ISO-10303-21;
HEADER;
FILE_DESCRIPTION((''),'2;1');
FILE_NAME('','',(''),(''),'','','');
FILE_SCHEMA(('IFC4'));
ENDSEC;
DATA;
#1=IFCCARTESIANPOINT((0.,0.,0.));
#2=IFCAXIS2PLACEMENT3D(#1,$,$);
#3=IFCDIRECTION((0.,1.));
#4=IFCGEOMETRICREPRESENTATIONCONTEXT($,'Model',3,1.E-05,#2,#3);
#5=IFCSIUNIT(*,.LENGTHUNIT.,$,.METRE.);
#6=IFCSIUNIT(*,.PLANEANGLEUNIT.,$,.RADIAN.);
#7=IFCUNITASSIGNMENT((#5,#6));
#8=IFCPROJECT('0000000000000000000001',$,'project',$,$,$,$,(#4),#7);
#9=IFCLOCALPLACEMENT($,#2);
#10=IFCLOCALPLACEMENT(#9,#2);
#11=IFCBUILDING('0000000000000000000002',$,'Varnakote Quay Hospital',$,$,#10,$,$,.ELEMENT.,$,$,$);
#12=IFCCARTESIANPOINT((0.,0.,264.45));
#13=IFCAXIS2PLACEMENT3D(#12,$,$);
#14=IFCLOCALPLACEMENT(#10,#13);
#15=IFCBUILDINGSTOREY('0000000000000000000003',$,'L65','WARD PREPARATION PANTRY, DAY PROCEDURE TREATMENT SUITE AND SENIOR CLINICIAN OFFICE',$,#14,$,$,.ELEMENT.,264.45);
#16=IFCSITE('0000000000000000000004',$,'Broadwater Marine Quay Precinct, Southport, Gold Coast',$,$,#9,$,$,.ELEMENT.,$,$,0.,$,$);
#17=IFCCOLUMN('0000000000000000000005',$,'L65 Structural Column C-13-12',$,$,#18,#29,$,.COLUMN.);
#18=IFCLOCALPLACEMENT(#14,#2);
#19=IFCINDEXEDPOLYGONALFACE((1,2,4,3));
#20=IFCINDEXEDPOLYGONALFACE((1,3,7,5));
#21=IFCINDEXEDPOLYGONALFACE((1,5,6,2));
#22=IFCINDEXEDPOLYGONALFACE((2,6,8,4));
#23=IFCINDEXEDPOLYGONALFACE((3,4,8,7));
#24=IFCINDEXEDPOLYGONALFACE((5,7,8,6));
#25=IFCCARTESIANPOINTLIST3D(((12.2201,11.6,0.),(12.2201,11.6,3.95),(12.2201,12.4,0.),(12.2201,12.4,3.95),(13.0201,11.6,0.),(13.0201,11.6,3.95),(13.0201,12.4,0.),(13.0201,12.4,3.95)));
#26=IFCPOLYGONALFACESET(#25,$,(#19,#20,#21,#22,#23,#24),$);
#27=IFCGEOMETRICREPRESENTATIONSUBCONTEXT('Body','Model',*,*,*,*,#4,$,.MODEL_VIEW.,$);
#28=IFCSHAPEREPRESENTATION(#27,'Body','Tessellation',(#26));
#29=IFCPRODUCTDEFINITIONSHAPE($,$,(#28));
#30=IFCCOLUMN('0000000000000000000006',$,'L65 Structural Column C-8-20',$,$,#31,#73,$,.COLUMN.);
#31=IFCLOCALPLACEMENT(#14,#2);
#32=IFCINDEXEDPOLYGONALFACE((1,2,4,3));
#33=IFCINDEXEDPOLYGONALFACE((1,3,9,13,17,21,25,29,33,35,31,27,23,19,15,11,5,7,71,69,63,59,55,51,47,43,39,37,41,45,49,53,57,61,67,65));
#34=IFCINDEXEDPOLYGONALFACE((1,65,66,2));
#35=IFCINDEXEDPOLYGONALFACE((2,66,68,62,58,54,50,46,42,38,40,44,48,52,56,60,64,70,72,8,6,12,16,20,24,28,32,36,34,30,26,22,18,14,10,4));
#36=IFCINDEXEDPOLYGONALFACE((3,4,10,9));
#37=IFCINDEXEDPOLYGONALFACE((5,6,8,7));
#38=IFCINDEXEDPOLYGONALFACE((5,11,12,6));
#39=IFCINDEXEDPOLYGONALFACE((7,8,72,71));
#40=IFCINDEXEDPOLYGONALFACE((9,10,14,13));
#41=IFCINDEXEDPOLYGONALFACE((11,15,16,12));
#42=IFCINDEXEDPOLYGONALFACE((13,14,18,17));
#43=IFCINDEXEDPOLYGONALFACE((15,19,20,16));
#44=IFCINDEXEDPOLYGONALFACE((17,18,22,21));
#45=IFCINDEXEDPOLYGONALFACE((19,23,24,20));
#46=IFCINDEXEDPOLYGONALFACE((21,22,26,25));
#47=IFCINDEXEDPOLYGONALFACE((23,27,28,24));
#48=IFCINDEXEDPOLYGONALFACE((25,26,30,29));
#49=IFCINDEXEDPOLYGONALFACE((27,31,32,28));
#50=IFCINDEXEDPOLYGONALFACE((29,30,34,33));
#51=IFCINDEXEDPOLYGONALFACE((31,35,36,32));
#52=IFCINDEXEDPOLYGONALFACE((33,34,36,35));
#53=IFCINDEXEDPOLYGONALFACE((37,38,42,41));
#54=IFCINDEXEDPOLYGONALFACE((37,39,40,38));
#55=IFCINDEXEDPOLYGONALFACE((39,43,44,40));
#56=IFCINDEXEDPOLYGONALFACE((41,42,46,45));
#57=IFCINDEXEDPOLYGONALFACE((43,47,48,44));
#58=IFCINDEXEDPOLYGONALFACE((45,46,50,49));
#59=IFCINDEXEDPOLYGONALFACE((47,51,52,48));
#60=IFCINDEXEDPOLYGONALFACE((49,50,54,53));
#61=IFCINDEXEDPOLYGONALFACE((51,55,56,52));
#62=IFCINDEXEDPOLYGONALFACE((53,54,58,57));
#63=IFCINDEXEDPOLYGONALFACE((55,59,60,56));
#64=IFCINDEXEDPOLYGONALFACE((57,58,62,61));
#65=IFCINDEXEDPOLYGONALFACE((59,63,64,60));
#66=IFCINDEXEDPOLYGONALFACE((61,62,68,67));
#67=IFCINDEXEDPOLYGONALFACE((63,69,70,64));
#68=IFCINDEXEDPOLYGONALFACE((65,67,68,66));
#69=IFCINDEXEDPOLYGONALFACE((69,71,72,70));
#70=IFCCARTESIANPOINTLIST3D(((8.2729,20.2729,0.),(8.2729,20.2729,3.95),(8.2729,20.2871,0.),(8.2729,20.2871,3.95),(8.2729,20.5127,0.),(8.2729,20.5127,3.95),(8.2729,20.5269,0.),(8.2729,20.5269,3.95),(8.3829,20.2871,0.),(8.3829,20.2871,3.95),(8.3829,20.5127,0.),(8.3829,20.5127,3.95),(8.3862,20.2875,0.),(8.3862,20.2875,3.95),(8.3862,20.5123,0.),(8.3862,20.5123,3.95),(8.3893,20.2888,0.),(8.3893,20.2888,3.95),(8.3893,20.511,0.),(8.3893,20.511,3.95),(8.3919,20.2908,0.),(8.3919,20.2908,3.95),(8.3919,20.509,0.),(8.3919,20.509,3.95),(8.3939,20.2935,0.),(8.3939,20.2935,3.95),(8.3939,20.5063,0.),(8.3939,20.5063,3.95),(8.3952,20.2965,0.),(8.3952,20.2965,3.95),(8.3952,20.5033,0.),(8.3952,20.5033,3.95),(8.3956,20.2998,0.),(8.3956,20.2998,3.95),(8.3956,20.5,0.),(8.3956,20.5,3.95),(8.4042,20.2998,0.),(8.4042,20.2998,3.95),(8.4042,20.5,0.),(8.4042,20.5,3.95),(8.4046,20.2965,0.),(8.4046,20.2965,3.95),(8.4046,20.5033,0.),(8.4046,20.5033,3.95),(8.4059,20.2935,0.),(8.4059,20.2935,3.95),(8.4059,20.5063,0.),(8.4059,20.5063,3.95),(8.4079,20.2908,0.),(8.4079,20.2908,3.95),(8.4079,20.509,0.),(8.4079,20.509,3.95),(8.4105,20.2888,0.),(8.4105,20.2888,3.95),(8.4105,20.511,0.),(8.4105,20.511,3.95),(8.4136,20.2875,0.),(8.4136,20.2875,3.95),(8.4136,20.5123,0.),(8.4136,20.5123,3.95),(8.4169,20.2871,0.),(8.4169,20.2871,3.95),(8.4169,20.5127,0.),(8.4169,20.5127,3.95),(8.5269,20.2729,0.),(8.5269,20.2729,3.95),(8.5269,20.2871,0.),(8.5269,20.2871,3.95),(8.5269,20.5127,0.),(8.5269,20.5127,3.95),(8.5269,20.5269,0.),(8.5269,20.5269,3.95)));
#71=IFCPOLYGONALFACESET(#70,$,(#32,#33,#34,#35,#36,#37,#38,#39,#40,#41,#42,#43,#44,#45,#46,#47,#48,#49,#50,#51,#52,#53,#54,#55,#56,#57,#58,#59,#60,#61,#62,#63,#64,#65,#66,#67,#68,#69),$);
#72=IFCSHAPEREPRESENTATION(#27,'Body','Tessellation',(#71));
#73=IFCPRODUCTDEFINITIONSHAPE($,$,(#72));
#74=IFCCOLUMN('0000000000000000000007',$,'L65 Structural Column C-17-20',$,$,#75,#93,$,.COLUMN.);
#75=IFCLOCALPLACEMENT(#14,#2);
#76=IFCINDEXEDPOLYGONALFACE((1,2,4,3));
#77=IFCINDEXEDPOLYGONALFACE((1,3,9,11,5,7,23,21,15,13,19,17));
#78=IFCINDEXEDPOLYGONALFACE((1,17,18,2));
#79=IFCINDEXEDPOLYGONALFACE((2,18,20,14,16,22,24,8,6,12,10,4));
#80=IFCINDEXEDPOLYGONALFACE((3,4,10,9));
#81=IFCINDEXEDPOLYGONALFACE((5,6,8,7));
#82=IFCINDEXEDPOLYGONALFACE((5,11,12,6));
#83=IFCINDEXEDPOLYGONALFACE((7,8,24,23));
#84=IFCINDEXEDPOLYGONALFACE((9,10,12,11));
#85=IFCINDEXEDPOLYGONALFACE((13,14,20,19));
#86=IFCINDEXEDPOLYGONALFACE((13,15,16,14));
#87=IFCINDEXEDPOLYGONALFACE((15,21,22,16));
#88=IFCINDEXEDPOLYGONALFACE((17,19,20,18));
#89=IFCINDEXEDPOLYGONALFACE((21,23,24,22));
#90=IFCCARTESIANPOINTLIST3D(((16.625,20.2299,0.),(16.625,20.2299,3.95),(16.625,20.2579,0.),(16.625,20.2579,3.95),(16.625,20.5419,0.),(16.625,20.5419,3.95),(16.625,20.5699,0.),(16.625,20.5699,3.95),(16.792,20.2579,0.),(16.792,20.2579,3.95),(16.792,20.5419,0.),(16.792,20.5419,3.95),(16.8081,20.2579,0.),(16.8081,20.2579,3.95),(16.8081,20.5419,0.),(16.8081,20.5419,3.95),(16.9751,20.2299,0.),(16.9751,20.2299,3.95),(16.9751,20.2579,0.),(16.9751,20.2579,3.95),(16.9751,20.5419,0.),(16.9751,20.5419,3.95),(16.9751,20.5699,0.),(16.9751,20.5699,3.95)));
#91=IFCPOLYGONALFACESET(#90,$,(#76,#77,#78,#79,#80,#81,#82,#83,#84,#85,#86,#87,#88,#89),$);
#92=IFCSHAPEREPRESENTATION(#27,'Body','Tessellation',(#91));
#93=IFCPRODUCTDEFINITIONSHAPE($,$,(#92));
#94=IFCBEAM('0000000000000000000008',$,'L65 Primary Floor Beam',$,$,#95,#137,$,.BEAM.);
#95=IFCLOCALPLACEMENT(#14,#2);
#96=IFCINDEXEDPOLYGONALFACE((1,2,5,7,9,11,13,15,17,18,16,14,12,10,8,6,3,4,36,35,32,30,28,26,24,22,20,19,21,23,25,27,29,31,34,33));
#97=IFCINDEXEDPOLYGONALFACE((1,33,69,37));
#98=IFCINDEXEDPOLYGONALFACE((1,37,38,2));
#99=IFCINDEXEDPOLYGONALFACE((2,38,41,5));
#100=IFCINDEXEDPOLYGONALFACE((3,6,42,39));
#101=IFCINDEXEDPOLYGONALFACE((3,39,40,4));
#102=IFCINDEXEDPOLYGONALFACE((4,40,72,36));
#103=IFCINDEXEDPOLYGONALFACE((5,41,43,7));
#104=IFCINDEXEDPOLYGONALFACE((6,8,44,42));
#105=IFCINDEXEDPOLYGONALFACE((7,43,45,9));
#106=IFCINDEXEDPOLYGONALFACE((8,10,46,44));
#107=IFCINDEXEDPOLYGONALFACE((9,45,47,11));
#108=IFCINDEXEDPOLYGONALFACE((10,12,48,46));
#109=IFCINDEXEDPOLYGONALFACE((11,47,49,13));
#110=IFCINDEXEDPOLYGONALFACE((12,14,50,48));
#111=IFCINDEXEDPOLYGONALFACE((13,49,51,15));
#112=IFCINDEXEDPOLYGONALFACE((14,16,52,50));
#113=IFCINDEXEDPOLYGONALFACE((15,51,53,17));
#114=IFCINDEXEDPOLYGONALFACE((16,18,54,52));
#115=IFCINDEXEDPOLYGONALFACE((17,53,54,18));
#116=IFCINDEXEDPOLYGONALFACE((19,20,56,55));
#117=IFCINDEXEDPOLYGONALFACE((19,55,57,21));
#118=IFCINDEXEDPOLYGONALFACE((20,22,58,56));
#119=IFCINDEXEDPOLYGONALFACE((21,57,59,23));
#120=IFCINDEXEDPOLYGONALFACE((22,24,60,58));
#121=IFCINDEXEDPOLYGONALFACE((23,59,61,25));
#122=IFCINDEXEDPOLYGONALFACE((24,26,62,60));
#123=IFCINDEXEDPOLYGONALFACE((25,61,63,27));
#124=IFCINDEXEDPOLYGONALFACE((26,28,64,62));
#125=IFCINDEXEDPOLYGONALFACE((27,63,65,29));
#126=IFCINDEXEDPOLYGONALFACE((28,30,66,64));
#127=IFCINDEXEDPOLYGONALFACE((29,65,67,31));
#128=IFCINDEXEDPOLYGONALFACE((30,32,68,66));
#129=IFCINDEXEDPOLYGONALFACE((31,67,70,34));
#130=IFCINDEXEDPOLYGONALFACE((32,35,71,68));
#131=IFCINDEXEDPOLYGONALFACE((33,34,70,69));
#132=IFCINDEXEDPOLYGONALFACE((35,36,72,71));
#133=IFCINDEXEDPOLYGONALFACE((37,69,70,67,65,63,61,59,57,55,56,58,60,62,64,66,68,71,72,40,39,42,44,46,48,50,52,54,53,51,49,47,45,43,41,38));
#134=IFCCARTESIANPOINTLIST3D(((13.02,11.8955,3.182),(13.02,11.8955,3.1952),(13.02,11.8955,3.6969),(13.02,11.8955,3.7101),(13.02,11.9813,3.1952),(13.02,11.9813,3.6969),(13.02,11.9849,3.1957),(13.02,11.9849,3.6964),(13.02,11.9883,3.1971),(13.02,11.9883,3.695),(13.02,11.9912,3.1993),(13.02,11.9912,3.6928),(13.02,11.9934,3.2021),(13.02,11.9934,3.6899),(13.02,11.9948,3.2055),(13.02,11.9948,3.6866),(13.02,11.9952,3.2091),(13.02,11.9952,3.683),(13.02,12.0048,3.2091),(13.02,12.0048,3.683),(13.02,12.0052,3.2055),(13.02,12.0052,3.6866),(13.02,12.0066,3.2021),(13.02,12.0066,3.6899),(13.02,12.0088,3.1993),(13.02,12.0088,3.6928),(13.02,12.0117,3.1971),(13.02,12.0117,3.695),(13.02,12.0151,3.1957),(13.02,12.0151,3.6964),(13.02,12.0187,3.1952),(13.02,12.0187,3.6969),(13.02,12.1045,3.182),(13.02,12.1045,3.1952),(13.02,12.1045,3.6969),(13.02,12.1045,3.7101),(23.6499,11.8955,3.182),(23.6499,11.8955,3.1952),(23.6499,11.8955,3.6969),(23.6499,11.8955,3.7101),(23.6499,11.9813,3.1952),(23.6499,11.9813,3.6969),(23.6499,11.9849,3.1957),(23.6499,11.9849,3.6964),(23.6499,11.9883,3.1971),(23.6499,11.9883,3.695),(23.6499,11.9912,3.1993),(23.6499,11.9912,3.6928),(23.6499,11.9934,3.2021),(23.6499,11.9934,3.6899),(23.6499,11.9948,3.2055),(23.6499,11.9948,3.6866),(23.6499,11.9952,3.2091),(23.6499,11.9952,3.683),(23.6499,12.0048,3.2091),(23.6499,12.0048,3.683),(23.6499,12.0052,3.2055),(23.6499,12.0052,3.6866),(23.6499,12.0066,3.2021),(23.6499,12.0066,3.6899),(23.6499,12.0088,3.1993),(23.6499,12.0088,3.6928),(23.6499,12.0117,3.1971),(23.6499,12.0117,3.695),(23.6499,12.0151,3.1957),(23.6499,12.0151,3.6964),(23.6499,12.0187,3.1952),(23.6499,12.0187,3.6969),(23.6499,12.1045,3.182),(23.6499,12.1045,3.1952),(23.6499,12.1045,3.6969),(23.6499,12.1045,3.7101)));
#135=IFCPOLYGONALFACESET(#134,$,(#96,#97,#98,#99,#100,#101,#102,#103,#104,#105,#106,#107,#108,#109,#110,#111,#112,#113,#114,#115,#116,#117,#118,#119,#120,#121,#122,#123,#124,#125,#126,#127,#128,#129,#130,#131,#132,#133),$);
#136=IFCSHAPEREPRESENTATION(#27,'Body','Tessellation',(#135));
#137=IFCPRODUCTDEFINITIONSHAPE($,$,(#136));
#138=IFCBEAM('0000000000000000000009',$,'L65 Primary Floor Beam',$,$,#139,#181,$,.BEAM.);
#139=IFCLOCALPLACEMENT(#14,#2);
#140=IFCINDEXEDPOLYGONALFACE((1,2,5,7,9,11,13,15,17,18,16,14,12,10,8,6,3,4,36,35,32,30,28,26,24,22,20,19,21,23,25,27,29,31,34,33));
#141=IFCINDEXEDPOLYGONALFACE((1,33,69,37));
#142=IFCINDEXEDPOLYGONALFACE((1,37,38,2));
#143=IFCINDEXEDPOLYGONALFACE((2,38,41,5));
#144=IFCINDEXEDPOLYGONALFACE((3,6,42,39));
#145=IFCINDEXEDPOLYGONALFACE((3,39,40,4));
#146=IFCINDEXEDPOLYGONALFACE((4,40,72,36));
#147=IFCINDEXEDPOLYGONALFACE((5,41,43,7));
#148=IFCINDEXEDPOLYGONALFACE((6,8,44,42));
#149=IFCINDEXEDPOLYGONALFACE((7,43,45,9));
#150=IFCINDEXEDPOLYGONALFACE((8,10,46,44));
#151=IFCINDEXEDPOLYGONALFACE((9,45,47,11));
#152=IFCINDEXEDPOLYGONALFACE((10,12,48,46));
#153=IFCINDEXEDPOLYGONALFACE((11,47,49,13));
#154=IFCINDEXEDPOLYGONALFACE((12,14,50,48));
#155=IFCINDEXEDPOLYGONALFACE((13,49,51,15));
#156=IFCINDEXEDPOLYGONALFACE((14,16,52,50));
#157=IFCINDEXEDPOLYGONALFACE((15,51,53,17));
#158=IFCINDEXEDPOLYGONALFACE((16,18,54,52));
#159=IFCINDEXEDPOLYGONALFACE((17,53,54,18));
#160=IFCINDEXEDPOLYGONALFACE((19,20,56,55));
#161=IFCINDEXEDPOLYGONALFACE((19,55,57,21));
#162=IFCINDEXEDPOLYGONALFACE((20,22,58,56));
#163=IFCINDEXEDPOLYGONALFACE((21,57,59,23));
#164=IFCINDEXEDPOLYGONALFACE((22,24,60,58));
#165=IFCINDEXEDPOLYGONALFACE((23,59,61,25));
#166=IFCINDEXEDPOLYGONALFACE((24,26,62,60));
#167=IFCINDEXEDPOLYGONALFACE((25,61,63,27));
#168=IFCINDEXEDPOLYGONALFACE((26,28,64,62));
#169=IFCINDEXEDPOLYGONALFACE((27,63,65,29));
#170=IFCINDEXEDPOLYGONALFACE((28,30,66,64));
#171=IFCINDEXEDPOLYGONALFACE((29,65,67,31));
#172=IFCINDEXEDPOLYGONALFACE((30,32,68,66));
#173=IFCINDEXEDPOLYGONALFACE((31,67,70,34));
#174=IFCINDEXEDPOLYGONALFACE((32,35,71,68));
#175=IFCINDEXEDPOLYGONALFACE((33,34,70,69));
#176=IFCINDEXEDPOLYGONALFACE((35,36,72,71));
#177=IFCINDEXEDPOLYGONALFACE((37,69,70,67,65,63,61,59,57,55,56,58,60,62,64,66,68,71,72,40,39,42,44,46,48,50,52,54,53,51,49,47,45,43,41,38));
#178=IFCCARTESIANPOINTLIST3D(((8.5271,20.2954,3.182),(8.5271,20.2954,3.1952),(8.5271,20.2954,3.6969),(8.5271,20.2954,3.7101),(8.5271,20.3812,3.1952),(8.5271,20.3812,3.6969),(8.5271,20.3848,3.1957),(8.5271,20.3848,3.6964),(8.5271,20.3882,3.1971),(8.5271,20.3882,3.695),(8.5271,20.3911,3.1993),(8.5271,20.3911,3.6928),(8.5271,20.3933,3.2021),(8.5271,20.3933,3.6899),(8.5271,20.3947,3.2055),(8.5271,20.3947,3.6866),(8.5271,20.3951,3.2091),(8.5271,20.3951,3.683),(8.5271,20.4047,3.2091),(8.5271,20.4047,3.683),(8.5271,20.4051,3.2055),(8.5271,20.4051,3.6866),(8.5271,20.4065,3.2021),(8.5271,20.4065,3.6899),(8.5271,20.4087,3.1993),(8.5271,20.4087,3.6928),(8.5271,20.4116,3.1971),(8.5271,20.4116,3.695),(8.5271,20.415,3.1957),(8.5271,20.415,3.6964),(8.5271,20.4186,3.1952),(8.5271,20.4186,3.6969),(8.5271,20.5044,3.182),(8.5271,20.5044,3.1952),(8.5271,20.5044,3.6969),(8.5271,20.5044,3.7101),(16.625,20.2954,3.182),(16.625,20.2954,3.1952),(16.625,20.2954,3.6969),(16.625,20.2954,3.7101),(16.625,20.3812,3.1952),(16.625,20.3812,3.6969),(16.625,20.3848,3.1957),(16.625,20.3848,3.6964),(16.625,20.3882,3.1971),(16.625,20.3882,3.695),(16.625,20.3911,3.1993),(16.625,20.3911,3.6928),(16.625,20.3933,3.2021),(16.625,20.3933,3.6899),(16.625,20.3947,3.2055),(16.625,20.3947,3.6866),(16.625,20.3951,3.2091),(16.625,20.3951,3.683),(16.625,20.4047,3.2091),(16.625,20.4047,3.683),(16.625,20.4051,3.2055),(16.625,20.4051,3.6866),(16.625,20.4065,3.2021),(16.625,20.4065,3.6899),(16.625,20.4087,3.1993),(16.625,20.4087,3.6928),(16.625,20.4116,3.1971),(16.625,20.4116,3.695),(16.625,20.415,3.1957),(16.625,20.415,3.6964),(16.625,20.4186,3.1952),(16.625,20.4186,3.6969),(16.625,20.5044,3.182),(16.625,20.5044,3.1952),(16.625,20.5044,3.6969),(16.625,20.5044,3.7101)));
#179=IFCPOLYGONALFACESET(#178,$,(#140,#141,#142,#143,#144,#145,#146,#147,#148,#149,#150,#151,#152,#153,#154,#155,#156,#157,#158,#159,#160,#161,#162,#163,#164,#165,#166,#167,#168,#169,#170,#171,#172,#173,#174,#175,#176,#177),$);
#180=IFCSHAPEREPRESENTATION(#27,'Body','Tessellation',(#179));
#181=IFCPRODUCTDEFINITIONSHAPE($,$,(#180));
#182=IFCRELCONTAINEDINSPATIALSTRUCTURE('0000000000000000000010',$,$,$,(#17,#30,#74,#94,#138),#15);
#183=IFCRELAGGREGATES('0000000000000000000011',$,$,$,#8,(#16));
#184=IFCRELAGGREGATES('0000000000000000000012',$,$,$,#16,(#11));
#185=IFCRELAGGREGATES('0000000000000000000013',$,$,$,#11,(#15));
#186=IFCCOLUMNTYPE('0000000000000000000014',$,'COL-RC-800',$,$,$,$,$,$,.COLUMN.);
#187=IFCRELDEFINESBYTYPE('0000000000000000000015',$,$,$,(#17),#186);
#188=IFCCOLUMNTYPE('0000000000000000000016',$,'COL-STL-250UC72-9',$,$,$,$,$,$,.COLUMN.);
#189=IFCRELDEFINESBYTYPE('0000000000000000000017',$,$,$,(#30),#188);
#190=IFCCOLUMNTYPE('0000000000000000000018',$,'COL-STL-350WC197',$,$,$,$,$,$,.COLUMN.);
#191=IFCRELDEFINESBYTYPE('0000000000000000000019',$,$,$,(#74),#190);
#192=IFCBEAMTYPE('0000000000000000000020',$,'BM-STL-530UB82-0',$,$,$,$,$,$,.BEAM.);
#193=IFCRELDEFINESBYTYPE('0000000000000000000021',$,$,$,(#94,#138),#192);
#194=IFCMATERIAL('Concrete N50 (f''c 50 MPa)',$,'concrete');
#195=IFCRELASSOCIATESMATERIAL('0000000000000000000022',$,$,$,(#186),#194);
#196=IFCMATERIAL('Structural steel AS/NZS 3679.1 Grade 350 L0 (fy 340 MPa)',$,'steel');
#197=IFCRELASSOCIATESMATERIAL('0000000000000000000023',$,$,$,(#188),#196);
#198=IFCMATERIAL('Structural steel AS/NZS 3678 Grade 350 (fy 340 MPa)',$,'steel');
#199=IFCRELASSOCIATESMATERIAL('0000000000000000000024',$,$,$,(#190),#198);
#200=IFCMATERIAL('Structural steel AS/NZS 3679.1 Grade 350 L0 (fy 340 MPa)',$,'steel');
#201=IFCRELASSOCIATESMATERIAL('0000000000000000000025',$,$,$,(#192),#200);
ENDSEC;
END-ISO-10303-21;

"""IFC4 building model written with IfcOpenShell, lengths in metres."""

from ifc_helpers import new_model, si_unit, direction, frame, origin, origin_2d, place, context, subcontext, project, spatial, rectangle, i_section, extrude, material, material_profile, profile_set, type_object, element, save


model = new_model("IFC4")

# Units and contexts
model_context = context("Model", 3, precision=1e-05, world=origin(), true_north=direction((0.0, 1.0)))
body_context = subcontext(model_context, "Body", "Model", "MODEL_VIEW")
ifc_project = project(units=[si_unit("LENGTHUNIT", "METRE"), si_unit("PLANEANGLEUNIT", "RADIAN")], contexts=[model_context])

# Site, building, storey
site_placement = place(None, origin())
site = spatial("IfcSite", under=ifc_project, at=site_placement, Name="Broadwater Marine Quay Precinct, Southport, Gold Coast", CompositionType="ELEMENT", RefElevation=0.0)
building_placement = place(site_placement, origin())
building = spatial("IfcBuilding", under=site, at=building_placement, Name="Varnakote Quay Hospital", CompositionType="ELEMENT")
storey_placement = place(building_placement, frame((0.0, 0.0, 264.45)))
storey = spatial("IfcBuildingStorey", under=building, at=storey_placement, Name="L65", Description="WARD PREPARATION PANTRY, DAY PROCEDURE TREATMENT SUITE AND SENIOR CLINICIAN OFFICE", CompositionType="ELEMENT", Elevation=264.45)

# Columns
ifc_material_1 = material(Name="Concrete N50 (f'c 50 MPa)", Category="concrete")
ifc_material_profile_1 = material_profile(ifc_material_1, rectangle(XDim=0.8, YDim=0.8, at=origin_2d()), Name="RC-COL-800x800")
ifc_profile_set_1 = profile_set([ifc_material_profile_1], Name="Concrete N50 (f'c 50 MPa)")
column_type_1 = type_object("IfcColumnType", Name="COL-RC-800", PredefinedType="COLUMN", material=ifc_profile_set_1)
column_1_placement = place(storey_placement, frame((12.6201, 12.0, 0.0), z_axis=(0.0, 0.0, 1.0), x_axis=(1.0, 0.0, 0.0)))
element("IfcColumn", 1, at=column_1_placement, inside=storey, type_object=column_type_1, Name="L65 Structural Column C-13-12", PredefinedType="COLUMN", context=body_context, shape_type="SweptSolid", body=[
    extrude(rectangle(XDim=0.8, YDim=0.8, at=origin_2d()), origin(), (0.0, 0.0, 1.0), 3.95),
])
ifc_material_2 = material(Name="Structural steel AS/NZS 3679.1 Grade 350 L0 (fy 340 MPa)", Category="steel")
ifc_material_profile_2 = material_profile(ifc_material_2, i_section(OverallWidth=0.2539, OverallDepth=0.2539, WebThickness=0.0085, FlangeThickness=0.0142, FilletRadius=0.0127, at=origin_2d()), Name="250UC72.9")
ifc_profile_set_2 = profile_set([ifc_material_profile_2], Name="Structural steel AS/NZS 3679.1 Grade 350 L0 (fy 340 MPa)")
column_type_2 = type_object("IfcColumnType", Name="COL-STL-250UC72-9", PredefinedType="COLUMN", material=ifc_profile_set_2)
column_2_placement = place(storey_placement, frame((8.3999, 20.3999, 0.0), z_axis=(0.0, 0.0, 1.0), x_axis=(1.0, 0.0, 0.0)))
element("IfcColumn", 2, at=column_2_placement, inside=storey, type_object=column_type_2, Name="L65 Structural Column C-8-20", PredefinedType="COLUMN", context=body_context, shape_type="SweptSolid", body=[
    extrude(i_section(OverallWidth=0.2539, OverallDepth=0.2539, WebThickness=0.0085, FlangeThickness=0.0142, FilletRadius=0.0127, at=origin_2d()), origin(), (0.0, 0.0, 1.0), 3.95),
])
ifc_material_3 = material(Name="Structural steel AS/NZS 3678 Grade 350 (fy 340 MPa)", Category="steel")
ifc_material_profile_3 = material_profile(ifc_material_3, i_section(OverallWidth=0.3501, OverallDepth=0.3401, WebThickness=0.0161, FlangeThickness=0.0281, at=origin_2d()), Name="350WC197")
ifc_profile_set_3 = profile_set([ifc_material_profile_3], Name="Structural steel AS/NZS 3678 Grade 350 (fy 340 MPa)")
column_type_3 = type_object("IfcColumnType", Name="COL-STL-350WC197", PredefinedType="COLUMN", material=ifc_profile_set_3)
column_3_placement = place(storey_placement, frame((16.8, 20.3999, 0.0), z_axis=(0.0, 0.0, 1.0), x_axis=(1.0, 0.0, 0.0)))
element("IfcColumn", 3, at=column_3_placement, inside=storey, type_object=column_type_3, Name="L65 Structural Column C-17-20", PredefinedType="COLUMN", context=body_context, shape_type="SweptSolid", body=[
    extrude(i_section(OverallWidth=0.3501, OverallDepth=0.3401, WebThickness=0.0161, FlangeThickness=0.0281, at=origin_2d()), origin(), (0.0, 0.0, 1.0), 3.95),
])

# Beams
ifc_material_4 = material(Name="Structural steel AS/NZS 3679.1 Grade 350 L0 (fy 340 MPa)", Category="steel")
ifc_material_profile_4 = material_profile(ifc_material_4, i_section(OverallWidth=0.209, OverallDepth=0.5281, WebThickness=0.0095, FlangeThickness=0.0132, FilletRadius=0.0139, at=origin_2d()), Name="530UB82.0")
ifc_profile_set_4 = profile_set([ifc_material_profile_4], Name="Structural steel AS/NZS 3679.1 Grade 350 L0 (fy 340 MPa)")
beam_type = type_object("IfcBeamType", Name="BM-STL-530UB82-0", PredefinedType="BEAM", material=ifc_profile_set_4)
beam_1_placement = place(storey_placement, frame((13.02, 12.0, 3.446), z_axis=(1.0, 0.0, 0.0), x_axis=(0.0, 1.0, 0.0)))
element("IfcBeam", 4, at=beam_1_placement, inside=storey, type_object=beam_type, Name="L65 Primary Floor Beam", PredefinedType="BEAM", context=body_context, shape_type="SweptSolid", body=[
    extrude(i_section(OverallWidth=0.209, OverallDepth=0.5281, WebThickness=0.0095, FlangeThickness=0.0132, FilletRadius=0.0139, at=origin_2d()), origin(), (0.0, 0.0, 1.0), 10.6299),
])
for number, where, z_axis, x_axis, name in (
    (5, (8.5271, 20.3999, 3.446), (1.0, 0.0, 0.0), (0.0, 1.0, 0.0), "L65 Primary Floor Beam"),
):
    element("IfcBeam", number, at=place(storey_placement, frame(where, z_axis=z_axis, x_axis=x_axis)), inside=storey, type_object=beam_type, Name=name, PredefinedType="BEAM", context=body_context, shape_type="SweptSolid", body=[
        extrude(i_section(OverallWidth=0.209, OverallDepth=0.5281, WebThickness=0.0095, FlangeThickness=0.0132, FilletRadius=0.0139, at=origin_2d()), origin(), (0.0, 0.0, 1.0), 8.0979),
    ])

save(model, "model.ifc")
